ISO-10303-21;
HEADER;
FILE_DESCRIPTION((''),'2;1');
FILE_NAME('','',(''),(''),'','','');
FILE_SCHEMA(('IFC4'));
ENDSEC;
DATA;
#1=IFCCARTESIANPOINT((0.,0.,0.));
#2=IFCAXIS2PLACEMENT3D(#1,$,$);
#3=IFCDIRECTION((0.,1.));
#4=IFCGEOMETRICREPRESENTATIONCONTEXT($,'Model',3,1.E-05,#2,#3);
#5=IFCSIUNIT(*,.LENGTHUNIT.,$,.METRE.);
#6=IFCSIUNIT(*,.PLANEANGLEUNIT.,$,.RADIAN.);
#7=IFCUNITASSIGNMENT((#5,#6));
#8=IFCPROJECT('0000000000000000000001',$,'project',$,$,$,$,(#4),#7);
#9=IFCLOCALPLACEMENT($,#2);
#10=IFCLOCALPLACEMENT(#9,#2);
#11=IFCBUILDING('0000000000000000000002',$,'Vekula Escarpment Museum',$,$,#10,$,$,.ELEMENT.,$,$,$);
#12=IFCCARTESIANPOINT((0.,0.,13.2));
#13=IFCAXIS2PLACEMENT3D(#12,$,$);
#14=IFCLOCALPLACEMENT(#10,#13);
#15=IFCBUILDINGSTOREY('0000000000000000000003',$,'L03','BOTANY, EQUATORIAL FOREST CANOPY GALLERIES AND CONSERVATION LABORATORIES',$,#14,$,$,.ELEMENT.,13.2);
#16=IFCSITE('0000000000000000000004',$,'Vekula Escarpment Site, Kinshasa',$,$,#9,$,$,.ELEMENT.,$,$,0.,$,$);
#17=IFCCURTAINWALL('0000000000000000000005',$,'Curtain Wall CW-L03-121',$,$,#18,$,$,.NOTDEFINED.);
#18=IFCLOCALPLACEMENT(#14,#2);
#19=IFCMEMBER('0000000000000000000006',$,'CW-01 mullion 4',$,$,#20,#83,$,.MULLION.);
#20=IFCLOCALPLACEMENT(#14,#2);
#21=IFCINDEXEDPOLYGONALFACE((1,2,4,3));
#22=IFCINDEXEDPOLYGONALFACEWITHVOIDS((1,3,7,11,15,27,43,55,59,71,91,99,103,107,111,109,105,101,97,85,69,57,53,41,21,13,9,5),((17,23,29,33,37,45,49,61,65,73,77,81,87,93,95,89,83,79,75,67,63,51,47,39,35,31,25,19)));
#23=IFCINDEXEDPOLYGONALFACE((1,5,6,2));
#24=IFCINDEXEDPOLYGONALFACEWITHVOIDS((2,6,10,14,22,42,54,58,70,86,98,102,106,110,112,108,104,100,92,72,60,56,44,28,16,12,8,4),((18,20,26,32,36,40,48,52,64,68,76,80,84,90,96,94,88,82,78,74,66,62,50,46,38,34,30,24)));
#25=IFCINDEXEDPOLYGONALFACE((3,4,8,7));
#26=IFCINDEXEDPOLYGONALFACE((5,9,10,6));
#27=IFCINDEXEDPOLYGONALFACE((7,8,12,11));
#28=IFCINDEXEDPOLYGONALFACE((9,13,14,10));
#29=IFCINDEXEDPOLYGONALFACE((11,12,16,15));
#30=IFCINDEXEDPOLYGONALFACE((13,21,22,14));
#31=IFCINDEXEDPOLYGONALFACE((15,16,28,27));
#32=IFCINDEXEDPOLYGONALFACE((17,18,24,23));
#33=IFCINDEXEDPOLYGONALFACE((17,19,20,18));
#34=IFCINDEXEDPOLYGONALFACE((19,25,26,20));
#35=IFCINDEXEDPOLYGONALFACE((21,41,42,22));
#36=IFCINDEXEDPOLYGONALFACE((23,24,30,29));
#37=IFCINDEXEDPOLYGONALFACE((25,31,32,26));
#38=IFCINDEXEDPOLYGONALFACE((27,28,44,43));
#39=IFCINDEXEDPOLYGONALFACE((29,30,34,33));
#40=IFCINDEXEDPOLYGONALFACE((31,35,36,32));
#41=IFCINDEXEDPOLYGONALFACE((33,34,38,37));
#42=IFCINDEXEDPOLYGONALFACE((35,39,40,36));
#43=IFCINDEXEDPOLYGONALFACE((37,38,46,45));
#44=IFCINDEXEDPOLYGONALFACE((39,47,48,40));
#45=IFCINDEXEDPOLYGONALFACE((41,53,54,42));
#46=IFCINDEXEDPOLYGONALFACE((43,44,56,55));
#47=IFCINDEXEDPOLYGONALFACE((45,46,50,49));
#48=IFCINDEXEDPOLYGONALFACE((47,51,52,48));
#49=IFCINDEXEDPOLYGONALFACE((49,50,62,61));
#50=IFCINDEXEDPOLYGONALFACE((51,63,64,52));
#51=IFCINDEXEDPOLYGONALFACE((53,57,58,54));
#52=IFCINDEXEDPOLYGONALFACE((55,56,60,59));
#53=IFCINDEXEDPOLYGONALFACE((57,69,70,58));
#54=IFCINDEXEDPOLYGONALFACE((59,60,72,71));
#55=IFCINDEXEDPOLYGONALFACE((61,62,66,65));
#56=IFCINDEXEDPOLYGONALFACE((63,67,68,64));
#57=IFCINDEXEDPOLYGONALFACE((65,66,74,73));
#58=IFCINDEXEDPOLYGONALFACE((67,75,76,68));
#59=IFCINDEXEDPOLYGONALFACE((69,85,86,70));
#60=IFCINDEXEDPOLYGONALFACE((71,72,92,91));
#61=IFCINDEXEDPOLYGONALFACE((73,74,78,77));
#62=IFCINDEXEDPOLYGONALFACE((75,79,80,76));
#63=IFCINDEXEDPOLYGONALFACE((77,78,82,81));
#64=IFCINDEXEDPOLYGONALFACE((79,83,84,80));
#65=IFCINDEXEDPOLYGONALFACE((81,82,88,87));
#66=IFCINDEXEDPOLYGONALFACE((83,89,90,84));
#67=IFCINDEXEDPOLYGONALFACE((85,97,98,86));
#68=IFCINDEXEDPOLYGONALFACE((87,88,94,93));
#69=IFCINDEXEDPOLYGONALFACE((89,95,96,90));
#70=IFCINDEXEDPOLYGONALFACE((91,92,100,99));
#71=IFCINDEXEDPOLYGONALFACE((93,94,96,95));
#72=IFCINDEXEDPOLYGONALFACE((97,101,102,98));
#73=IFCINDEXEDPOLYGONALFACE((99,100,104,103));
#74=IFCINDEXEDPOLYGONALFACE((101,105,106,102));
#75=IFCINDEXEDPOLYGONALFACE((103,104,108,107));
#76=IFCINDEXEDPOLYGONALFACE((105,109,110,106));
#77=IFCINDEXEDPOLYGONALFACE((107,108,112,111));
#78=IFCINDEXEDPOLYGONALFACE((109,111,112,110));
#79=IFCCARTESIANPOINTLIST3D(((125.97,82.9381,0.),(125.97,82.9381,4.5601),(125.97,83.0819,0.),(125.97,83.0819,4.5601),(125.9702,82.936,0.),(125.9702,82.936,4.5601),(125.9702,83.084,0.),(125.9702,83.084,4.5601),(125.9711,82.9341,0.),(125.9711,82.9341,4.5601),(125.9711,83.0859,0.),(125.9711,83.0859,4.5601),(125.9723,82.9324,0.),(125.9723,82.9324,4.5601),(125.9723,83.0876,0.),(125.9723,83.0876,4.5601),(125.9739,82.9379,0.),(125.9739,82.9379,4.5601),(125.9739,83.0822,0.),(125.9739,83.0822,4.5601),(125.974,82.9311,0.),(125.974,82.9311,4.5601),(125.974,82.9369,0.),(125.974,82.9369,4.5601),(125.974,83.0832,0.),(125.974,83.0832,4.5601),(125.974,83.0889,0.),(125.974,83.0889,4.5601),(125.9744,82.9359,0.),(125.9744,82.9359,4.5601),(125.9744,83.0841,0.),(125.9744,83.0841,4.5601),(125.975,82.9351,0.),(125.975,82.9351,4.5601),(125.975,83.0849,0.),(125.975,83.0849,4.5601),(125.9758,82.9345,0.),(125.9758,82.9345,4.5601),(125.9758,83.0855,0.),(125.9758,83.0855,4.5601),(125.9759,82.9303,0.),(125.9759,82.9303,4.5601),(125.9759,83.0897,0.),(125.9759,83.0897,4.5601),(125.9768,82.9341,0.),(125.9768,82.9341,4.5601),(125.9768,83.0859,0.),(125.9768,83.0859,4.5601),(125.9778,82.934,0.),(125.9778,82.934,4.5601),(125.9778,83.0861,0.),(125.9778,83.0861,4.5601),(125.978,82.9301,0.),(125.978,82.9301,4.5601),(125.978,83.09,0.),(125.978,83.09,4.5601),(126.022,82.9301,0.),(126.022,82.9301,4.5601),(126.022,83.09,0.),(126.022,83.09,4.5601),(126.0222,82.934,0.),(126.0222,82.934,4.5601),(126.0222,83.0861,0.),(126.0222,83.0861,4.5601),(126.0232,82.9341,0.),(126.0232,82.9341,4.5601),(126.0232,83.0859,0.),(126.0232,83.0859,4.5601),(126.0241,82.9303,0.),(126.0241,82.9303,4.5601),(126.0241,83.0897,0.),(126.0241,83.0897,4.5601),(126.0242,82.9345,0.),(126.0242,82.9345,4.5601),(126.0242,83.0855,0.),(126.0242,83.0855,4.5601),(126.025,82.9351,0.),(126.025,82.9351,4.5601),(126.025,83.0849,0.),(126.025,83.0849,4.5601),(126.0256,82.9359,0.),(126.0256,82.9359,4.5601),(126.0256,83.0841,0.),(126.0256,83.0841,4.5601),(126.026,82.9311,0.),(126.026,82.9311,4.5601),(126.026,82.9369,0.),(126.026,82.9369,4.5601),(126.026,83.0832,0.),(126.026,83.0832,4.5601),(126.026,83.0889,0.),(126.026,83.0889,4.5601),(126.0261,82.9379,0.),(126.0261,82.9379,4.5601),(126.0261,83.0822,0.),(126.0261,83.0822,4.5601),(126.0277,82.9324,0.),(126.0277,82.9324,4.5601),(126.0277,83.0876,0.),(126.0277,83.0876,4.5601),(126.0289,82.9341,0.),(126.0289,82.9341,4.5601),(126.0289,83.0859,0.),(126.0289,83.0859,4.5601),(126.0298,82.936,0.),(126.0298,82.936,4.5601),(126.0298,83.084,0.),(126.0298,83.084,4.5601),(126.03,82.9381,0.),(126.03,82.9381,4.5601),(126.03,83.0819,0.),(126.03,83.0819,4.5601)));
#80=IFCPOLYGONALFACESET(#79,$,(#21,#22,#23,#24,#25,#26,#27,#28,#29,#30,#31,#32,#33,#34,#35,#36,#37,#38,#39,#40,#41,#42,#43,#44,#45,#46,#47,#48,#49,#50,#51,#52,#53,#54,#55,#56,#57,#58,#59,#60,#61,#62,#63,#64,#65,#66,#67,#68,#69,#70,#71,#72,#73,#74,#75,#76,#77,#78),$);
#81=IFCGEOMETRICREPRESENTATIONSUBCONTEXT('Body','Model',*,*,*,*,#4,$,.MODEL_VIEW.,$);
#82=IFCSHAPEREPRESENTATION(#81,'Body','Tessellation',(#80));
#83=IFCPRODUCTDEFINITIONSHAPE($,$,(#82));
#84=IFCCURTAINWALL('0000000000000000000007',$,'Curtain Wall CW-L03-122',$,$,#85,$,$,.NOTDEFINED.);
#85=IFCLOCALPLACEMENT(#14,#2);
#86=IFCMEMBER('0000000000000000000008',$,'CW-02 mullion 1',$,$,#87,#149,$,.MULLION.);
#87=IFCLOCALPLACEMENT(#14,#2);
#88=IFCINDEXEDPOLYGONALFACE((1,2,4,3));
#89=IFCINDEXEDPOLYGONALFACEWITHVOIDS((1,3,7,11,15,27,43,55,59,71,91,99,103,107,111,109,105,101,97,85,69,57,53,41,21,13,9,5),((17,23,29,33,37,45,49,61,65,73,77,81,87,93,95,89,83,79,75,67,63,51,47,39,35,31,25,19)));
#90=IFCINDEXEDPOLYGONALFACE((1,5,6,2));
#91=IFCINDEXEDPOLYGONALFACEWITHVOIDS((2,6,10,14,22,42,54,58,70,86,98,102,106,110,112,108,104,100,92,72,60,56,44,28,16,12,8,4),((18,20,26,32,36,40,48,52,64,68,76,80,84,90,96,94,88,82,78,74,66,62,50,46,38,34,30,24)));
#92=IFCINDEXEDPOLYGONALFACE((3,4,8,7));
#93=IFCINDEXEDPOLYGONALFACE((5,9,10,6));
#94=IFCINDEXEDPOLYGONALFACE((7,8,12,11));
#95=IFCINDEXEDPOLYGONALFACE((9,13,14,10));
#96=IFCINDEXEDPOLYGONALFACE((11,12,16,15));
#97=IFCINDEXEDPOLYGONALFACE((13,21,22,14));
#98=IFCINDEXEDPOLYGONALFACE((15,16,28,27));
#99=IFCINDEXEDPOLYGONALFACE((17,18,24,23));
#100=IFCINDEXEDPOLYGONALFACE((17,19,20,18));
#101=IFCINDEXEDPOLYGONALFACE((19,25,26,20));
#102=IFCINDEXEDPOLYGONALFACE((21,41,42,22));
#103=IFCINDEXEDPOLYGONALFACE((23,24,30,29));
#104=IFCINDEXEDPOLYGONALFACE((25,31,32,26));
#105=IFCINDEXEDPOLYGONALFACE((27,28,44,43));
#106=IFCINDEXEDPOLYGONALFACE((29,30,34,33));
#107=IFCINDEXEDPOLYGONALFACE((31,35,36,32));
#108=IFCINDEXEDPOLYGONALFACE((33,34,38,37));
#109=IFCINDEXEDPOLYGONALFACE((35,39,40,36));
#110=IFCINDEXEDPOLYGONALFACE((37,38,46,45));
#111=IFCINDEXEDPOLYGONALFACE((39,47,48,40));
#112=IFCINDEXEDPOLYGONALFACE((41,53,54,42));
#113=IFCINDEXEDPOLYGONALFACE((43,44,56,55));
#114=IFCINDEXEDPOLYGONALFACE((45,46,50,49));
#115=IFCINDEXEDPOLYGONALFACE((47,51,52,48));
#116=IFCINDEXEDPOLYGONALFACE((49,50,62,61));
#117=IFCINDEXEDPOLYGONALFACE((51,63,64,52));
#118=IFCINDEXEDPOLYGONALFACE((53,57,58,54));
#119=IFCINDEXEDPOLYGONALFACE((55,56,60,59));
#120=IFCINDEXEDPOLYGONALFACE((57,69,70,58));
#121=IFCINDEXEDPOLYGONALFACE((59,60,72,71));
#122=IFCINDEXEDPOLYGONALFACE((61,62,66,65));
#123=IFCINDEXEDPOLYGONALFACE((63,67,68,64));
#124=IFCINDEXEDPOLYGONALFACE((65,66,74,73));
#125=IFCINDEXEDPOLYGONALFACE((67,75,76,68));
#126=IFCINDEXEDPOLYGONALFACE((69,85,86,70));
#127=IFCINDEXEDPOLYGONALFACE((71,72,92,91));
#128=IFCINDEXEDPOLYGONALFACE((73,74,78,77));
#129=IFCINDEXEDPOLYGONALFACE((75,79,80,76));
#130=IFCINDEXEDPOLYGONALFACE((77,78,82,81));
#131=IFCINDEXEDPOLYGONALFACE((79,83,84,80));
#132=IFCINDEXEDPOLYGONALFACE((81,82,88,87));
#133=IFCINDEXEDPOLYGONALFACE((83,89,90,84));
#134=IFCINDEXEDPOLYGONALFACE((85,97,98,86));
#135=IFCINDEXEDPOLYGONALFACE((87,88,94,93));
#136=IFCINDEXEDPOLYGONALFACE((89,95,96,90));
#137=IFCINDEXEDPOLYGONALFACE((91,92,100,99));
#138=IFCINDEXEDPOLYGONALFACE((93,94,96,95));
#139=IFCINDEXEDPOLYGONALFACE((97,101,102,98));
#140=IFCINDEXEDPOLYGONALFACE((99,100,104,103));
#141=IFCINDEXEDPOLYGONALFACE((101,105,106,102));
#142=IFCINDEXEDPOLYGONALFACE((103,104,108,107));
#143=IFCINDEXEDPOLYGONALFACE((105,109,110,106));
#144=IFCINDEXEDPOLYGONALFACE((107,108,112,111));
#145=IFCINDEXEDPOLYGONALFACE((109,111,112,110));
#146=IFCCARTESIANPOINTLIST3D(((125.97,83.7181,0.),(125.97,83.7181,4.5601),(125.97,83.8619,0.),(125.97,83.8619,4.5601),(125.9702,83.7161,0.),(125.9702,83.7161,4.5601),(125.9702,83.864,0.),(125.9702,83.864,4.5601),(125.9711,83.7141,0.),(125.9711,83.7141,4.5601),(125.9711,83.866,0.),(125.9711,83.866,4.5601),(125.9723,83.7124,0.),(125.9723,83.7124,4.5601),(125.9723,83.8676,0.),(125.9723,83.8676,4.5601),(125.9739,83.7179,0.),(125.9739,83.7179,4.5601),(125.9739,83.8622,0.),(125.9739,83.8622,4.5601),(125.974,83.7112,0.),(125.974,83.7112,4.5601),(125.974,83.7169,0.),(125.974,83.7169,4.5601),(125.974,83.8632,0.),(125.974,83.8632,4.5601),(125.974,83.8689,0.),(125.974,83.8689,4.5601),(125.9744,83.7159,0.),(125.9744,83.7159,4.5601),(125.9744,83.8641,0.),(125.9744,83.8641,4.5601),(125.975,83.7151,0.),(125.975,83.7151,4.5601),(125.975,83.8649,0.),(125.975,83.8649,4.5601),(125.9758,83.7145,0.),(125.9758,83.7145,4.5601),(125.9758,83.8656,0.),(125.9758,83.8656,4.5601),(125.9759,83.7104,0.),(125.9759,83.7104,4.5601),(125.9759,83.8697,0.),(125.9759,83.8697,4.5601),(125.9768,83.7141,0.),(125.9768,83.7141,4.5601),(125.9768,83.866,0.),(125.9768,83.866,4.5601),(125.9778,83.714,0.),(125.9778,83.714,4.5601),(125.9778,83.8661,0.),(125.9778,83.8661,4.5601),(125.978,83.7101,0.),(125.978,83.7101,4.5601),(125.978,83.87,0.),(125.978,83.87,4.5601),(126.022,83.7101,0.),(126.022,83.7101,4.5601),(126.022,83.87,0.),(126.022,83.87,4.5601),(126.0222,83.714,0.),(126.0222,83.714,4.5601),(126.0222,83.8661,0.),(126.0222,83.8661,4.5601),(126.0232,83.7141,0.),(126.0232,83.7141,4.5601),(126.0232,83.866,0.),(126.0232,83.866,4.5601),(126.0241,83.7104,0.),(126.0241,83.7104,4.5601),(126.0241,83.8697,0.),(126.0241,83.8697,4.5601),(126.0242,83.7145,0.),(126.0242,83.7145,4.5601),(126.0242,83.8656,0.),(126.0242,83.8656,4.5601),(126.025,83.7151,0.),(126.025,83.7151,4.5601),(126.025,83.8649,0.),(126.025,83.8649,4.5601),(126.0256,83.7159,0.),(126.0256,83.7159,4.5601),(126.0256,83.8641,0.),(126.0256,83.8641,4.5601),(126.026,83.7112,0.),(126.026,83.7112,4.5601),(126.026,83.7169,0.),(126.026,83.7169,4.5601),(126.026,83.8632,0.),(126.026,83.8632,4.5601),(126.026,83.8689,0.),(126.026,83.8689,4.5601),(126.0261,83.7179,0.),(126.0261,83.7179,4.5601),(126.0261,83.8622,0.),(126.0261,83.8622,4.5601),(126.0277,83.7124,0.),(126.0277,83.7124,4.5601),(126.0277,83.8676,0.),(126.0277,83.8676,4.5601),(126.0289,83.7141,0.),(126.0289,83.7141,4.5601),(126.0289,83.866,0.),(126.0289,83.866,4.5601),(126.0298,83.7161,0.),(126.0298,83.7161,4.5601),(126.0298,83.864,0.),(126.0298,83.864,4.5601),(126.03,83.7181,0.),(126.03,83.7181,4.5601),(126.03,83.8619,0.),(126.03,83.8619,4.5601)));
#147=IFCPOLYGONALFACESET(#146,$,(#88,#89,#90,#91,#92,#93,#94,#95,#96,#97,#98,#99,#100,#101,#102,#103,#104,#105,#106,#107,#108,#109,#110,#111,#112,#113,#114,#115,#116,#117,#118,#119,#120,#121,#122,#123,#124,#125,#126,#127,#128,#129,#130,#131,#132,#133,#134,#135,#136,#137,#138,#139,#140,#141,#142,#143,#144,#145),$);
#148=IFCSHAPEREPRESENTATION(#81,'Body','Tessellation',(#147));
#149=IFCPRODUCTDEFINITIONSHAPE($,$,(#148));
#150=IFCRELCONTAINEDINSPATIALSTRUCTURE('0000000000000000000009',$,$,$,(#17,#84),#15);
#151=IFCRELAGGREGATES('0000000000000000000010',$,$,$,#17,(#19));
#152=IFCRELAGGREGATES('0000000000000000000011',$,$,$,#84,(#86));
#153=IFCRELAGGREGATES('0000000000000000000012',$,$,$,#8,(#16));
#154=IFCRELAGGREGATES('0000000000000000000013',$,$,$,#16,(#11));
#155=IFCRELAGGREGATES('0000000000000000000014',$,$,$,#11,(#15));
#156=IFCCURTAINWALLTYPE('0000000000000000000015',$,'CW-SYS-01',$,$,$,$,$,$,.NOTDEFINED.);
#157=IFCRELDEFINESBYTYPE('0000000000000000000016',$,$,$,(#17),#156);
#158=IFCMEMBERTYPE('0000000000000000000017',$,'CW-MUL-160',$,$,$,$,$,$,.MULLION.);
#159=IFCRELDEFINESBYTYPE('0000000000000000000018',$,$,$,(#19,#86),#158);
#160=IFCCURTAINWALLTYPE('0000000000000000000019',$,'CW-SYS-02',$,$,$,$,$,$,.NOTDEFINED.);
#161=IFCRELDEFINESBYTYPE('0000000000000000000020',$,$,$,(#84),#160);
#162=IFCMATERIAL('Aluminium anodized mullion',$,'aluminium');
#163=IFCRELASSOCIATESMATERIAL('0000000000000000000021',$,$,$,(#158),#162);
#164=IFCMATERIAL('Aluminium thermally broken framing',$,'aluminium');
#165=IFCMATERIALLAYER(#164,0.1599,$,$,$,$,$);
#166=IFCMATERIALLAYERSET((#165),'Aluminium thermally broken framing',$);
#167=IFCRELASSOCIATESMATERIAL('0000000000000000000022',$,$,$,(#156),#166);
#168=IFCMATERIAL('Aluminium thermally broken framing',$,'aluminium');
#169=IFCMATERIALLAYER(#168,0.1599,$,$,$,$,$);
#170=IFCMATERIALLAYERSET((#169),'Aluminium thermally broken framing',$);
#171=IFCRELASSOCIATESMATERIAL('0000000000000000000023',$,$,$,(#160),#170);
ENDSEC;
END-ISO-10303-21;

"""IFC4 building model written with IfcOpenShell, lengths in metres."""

from ifc_helpers import new_model, si_unit, direction, frame, origin, origin_2d, place, context, subcontext, project, spatial, hollow_rectangle, extrude, material, layer, layer_set, material_profile, profile_set, type_object, element, aggregate, save


model = new_model("IFC4")

# Units and contexts
model_context = context("Model", 3, precision=1e-05, world=origin(), true_north=direction((0.0, 1.0)))
body_context = subcontext(model_context, "Body", "Model", "MODEL_VIEW")
ifc_project = project(units=[si_unit("LENGTHUNIT", "METRE"), si_unit("PLANEANGLEUNIT", "RADIAN")], contexts=[model_context])

# Site, building, storey
site_placement = place(None, origin())
site = spatial("IfcSite", under=ifc_project, at=site_placement, Name="Vekula Escarpment Site, Kinshasa", CompositionType="ELEMENT", RefElevation=0.0)
building_placement = place(site_placement, origin())
building = spatial("IfcBuilding", under=site, at=building_placement, Name="Vekula Escarpment Museum", CompositionType="ELEMENT")
storey_placement = place(building_placement, frame((0.0, 0.0, 13.2)))
storey = spatial("IfcBuildingStorey", under=building, at=storey_placement, Name="L03", Description="BOTANY, EQUATORIAL FOREST CANOPY GALLERIES AND CONSERVATION LABORATORIES", CompositionType="ELEMENT", Elevation=13.2)

# Shared definitions
ifc_material_1 = material(Name="Aluminium anodized mullion", Category="aluminium")
ifc_material_profile_1 = material_profile(ifc_material_1, hollow_rectangle(XDim=0.0601, YDim=0.1599, WallThickness=0.0039, InnerFilletRadius=0.0039, OuterFilletRadius=0.0081, at=origin_2d()), Name="ALU 160x60x4")
ifc_profile_set_1 = profile_set([ifc_material_profile_1], Name="Aluminium anodized mullion")
member_type_1 = type_object("IfcMemberType", Name="CW-MUL-160", PredefinedType="MULLION", material=ifc_profile_set_1)

# Curtain walls, members
ifc_material_2 = material(Name="Aluminium thermally broken framing", Category="aluminium")
ifc_layer_1 = layer(ifc_material_2, 0.1599)
ifc_layer_set_1 = layer_set([ifc_layer_1], Name="Aluminium thermally broken framing")
curtain_wall_type_1 = type_object("IfcCurtainWallType", Name="CW-SYS-01", PredefinedType="NOTDEFINED", material=ifc_layer_set_1)
curtain_wall_1_placement = place(storey_placement, origin())
curtain_wall_1 = element("IfcCurtainWall", 1, at=curtain_wall_1_placement, inside=storey, type_object=curtain_wall_type_1, Name="Curtain Wall CW-L03-121", PredefinedType="NOTDEFINED")
member_1_placement = place(storey_placement, frame((126.0, 83.01, 0.0), z_axis=(0.0, 0.0, 1.0), x_axis=(-1.0, 0.0, 0.0)))
member_1 = element("IfcMember", 2, at=member_1_placement, type_object=member_type_1, Name="CW-01 mullion 4", PredefinedType="MULLION", context=body_context, shape_type="SweptSolid", body=[
    extrude(hollow_rectangle(XDim=0.0601, YDim=0.1599, WallThickness=0.0039, InnerFilletRadius=0.0039, OuterFilletRadius=0.0081, at=origin_2d()), origin(), (0.0, 0.0, 1.0), 4.5601),
])
ifc_material_3 = material(Name="Aluminium thermally broken framing", Category="aluminium")
ifc_layer_2 = layer(ifc_material_3, 0.1599)
ifc_layer_set_2 = layer_set([ifc_layer_2], Name="Aluminium thermally broken framing")
curtain_wall_type_2 = type_object("IfcCurtainWallType", Name="CW-SYS-02", PredefinedType="NOTDEFINED", material=ifc_layer_set_2)
curtain_wall_2_placement = place(storey_placement, origin())
curtain_wall_2 = element("IfcCurtainWall", 3, at=curtain_wall_2_placement, inside=storey, type_object=curtain_wall_type_2, Name="Curtain Wall CW-L03-122", PredefinedType="NOTDEFINED")
member_2_placement = place(storey_placement, frame((126.0, 83.79, 0.0), z_axis=(0.0, 0.0, 1.0), x_axis=(-1.0, 0.0, 0.0)))
member_2 = element("IfcMember", 4, at=member_2_placement, type_object=member_type_1, Name="CW-02 mullion 1", PredefinedType="MULLION", context=body_context, shape_type="SweptSolid", body=[
    extrude(hollow_rectangle(XDim=0.0601, YDim=0.1599, WallThickness=0.0039, InnerFilletRadius=0.0039, OuterFilletRadius=0.0081, at=origin_2d()), origin(), (0.0, 0.0, 1.0), 4.5601),
])

aggregate(curtain_wall_1, [member_1])
aggregate(curtain_wall_2, [member_2])

save(model, "model.ifc")
